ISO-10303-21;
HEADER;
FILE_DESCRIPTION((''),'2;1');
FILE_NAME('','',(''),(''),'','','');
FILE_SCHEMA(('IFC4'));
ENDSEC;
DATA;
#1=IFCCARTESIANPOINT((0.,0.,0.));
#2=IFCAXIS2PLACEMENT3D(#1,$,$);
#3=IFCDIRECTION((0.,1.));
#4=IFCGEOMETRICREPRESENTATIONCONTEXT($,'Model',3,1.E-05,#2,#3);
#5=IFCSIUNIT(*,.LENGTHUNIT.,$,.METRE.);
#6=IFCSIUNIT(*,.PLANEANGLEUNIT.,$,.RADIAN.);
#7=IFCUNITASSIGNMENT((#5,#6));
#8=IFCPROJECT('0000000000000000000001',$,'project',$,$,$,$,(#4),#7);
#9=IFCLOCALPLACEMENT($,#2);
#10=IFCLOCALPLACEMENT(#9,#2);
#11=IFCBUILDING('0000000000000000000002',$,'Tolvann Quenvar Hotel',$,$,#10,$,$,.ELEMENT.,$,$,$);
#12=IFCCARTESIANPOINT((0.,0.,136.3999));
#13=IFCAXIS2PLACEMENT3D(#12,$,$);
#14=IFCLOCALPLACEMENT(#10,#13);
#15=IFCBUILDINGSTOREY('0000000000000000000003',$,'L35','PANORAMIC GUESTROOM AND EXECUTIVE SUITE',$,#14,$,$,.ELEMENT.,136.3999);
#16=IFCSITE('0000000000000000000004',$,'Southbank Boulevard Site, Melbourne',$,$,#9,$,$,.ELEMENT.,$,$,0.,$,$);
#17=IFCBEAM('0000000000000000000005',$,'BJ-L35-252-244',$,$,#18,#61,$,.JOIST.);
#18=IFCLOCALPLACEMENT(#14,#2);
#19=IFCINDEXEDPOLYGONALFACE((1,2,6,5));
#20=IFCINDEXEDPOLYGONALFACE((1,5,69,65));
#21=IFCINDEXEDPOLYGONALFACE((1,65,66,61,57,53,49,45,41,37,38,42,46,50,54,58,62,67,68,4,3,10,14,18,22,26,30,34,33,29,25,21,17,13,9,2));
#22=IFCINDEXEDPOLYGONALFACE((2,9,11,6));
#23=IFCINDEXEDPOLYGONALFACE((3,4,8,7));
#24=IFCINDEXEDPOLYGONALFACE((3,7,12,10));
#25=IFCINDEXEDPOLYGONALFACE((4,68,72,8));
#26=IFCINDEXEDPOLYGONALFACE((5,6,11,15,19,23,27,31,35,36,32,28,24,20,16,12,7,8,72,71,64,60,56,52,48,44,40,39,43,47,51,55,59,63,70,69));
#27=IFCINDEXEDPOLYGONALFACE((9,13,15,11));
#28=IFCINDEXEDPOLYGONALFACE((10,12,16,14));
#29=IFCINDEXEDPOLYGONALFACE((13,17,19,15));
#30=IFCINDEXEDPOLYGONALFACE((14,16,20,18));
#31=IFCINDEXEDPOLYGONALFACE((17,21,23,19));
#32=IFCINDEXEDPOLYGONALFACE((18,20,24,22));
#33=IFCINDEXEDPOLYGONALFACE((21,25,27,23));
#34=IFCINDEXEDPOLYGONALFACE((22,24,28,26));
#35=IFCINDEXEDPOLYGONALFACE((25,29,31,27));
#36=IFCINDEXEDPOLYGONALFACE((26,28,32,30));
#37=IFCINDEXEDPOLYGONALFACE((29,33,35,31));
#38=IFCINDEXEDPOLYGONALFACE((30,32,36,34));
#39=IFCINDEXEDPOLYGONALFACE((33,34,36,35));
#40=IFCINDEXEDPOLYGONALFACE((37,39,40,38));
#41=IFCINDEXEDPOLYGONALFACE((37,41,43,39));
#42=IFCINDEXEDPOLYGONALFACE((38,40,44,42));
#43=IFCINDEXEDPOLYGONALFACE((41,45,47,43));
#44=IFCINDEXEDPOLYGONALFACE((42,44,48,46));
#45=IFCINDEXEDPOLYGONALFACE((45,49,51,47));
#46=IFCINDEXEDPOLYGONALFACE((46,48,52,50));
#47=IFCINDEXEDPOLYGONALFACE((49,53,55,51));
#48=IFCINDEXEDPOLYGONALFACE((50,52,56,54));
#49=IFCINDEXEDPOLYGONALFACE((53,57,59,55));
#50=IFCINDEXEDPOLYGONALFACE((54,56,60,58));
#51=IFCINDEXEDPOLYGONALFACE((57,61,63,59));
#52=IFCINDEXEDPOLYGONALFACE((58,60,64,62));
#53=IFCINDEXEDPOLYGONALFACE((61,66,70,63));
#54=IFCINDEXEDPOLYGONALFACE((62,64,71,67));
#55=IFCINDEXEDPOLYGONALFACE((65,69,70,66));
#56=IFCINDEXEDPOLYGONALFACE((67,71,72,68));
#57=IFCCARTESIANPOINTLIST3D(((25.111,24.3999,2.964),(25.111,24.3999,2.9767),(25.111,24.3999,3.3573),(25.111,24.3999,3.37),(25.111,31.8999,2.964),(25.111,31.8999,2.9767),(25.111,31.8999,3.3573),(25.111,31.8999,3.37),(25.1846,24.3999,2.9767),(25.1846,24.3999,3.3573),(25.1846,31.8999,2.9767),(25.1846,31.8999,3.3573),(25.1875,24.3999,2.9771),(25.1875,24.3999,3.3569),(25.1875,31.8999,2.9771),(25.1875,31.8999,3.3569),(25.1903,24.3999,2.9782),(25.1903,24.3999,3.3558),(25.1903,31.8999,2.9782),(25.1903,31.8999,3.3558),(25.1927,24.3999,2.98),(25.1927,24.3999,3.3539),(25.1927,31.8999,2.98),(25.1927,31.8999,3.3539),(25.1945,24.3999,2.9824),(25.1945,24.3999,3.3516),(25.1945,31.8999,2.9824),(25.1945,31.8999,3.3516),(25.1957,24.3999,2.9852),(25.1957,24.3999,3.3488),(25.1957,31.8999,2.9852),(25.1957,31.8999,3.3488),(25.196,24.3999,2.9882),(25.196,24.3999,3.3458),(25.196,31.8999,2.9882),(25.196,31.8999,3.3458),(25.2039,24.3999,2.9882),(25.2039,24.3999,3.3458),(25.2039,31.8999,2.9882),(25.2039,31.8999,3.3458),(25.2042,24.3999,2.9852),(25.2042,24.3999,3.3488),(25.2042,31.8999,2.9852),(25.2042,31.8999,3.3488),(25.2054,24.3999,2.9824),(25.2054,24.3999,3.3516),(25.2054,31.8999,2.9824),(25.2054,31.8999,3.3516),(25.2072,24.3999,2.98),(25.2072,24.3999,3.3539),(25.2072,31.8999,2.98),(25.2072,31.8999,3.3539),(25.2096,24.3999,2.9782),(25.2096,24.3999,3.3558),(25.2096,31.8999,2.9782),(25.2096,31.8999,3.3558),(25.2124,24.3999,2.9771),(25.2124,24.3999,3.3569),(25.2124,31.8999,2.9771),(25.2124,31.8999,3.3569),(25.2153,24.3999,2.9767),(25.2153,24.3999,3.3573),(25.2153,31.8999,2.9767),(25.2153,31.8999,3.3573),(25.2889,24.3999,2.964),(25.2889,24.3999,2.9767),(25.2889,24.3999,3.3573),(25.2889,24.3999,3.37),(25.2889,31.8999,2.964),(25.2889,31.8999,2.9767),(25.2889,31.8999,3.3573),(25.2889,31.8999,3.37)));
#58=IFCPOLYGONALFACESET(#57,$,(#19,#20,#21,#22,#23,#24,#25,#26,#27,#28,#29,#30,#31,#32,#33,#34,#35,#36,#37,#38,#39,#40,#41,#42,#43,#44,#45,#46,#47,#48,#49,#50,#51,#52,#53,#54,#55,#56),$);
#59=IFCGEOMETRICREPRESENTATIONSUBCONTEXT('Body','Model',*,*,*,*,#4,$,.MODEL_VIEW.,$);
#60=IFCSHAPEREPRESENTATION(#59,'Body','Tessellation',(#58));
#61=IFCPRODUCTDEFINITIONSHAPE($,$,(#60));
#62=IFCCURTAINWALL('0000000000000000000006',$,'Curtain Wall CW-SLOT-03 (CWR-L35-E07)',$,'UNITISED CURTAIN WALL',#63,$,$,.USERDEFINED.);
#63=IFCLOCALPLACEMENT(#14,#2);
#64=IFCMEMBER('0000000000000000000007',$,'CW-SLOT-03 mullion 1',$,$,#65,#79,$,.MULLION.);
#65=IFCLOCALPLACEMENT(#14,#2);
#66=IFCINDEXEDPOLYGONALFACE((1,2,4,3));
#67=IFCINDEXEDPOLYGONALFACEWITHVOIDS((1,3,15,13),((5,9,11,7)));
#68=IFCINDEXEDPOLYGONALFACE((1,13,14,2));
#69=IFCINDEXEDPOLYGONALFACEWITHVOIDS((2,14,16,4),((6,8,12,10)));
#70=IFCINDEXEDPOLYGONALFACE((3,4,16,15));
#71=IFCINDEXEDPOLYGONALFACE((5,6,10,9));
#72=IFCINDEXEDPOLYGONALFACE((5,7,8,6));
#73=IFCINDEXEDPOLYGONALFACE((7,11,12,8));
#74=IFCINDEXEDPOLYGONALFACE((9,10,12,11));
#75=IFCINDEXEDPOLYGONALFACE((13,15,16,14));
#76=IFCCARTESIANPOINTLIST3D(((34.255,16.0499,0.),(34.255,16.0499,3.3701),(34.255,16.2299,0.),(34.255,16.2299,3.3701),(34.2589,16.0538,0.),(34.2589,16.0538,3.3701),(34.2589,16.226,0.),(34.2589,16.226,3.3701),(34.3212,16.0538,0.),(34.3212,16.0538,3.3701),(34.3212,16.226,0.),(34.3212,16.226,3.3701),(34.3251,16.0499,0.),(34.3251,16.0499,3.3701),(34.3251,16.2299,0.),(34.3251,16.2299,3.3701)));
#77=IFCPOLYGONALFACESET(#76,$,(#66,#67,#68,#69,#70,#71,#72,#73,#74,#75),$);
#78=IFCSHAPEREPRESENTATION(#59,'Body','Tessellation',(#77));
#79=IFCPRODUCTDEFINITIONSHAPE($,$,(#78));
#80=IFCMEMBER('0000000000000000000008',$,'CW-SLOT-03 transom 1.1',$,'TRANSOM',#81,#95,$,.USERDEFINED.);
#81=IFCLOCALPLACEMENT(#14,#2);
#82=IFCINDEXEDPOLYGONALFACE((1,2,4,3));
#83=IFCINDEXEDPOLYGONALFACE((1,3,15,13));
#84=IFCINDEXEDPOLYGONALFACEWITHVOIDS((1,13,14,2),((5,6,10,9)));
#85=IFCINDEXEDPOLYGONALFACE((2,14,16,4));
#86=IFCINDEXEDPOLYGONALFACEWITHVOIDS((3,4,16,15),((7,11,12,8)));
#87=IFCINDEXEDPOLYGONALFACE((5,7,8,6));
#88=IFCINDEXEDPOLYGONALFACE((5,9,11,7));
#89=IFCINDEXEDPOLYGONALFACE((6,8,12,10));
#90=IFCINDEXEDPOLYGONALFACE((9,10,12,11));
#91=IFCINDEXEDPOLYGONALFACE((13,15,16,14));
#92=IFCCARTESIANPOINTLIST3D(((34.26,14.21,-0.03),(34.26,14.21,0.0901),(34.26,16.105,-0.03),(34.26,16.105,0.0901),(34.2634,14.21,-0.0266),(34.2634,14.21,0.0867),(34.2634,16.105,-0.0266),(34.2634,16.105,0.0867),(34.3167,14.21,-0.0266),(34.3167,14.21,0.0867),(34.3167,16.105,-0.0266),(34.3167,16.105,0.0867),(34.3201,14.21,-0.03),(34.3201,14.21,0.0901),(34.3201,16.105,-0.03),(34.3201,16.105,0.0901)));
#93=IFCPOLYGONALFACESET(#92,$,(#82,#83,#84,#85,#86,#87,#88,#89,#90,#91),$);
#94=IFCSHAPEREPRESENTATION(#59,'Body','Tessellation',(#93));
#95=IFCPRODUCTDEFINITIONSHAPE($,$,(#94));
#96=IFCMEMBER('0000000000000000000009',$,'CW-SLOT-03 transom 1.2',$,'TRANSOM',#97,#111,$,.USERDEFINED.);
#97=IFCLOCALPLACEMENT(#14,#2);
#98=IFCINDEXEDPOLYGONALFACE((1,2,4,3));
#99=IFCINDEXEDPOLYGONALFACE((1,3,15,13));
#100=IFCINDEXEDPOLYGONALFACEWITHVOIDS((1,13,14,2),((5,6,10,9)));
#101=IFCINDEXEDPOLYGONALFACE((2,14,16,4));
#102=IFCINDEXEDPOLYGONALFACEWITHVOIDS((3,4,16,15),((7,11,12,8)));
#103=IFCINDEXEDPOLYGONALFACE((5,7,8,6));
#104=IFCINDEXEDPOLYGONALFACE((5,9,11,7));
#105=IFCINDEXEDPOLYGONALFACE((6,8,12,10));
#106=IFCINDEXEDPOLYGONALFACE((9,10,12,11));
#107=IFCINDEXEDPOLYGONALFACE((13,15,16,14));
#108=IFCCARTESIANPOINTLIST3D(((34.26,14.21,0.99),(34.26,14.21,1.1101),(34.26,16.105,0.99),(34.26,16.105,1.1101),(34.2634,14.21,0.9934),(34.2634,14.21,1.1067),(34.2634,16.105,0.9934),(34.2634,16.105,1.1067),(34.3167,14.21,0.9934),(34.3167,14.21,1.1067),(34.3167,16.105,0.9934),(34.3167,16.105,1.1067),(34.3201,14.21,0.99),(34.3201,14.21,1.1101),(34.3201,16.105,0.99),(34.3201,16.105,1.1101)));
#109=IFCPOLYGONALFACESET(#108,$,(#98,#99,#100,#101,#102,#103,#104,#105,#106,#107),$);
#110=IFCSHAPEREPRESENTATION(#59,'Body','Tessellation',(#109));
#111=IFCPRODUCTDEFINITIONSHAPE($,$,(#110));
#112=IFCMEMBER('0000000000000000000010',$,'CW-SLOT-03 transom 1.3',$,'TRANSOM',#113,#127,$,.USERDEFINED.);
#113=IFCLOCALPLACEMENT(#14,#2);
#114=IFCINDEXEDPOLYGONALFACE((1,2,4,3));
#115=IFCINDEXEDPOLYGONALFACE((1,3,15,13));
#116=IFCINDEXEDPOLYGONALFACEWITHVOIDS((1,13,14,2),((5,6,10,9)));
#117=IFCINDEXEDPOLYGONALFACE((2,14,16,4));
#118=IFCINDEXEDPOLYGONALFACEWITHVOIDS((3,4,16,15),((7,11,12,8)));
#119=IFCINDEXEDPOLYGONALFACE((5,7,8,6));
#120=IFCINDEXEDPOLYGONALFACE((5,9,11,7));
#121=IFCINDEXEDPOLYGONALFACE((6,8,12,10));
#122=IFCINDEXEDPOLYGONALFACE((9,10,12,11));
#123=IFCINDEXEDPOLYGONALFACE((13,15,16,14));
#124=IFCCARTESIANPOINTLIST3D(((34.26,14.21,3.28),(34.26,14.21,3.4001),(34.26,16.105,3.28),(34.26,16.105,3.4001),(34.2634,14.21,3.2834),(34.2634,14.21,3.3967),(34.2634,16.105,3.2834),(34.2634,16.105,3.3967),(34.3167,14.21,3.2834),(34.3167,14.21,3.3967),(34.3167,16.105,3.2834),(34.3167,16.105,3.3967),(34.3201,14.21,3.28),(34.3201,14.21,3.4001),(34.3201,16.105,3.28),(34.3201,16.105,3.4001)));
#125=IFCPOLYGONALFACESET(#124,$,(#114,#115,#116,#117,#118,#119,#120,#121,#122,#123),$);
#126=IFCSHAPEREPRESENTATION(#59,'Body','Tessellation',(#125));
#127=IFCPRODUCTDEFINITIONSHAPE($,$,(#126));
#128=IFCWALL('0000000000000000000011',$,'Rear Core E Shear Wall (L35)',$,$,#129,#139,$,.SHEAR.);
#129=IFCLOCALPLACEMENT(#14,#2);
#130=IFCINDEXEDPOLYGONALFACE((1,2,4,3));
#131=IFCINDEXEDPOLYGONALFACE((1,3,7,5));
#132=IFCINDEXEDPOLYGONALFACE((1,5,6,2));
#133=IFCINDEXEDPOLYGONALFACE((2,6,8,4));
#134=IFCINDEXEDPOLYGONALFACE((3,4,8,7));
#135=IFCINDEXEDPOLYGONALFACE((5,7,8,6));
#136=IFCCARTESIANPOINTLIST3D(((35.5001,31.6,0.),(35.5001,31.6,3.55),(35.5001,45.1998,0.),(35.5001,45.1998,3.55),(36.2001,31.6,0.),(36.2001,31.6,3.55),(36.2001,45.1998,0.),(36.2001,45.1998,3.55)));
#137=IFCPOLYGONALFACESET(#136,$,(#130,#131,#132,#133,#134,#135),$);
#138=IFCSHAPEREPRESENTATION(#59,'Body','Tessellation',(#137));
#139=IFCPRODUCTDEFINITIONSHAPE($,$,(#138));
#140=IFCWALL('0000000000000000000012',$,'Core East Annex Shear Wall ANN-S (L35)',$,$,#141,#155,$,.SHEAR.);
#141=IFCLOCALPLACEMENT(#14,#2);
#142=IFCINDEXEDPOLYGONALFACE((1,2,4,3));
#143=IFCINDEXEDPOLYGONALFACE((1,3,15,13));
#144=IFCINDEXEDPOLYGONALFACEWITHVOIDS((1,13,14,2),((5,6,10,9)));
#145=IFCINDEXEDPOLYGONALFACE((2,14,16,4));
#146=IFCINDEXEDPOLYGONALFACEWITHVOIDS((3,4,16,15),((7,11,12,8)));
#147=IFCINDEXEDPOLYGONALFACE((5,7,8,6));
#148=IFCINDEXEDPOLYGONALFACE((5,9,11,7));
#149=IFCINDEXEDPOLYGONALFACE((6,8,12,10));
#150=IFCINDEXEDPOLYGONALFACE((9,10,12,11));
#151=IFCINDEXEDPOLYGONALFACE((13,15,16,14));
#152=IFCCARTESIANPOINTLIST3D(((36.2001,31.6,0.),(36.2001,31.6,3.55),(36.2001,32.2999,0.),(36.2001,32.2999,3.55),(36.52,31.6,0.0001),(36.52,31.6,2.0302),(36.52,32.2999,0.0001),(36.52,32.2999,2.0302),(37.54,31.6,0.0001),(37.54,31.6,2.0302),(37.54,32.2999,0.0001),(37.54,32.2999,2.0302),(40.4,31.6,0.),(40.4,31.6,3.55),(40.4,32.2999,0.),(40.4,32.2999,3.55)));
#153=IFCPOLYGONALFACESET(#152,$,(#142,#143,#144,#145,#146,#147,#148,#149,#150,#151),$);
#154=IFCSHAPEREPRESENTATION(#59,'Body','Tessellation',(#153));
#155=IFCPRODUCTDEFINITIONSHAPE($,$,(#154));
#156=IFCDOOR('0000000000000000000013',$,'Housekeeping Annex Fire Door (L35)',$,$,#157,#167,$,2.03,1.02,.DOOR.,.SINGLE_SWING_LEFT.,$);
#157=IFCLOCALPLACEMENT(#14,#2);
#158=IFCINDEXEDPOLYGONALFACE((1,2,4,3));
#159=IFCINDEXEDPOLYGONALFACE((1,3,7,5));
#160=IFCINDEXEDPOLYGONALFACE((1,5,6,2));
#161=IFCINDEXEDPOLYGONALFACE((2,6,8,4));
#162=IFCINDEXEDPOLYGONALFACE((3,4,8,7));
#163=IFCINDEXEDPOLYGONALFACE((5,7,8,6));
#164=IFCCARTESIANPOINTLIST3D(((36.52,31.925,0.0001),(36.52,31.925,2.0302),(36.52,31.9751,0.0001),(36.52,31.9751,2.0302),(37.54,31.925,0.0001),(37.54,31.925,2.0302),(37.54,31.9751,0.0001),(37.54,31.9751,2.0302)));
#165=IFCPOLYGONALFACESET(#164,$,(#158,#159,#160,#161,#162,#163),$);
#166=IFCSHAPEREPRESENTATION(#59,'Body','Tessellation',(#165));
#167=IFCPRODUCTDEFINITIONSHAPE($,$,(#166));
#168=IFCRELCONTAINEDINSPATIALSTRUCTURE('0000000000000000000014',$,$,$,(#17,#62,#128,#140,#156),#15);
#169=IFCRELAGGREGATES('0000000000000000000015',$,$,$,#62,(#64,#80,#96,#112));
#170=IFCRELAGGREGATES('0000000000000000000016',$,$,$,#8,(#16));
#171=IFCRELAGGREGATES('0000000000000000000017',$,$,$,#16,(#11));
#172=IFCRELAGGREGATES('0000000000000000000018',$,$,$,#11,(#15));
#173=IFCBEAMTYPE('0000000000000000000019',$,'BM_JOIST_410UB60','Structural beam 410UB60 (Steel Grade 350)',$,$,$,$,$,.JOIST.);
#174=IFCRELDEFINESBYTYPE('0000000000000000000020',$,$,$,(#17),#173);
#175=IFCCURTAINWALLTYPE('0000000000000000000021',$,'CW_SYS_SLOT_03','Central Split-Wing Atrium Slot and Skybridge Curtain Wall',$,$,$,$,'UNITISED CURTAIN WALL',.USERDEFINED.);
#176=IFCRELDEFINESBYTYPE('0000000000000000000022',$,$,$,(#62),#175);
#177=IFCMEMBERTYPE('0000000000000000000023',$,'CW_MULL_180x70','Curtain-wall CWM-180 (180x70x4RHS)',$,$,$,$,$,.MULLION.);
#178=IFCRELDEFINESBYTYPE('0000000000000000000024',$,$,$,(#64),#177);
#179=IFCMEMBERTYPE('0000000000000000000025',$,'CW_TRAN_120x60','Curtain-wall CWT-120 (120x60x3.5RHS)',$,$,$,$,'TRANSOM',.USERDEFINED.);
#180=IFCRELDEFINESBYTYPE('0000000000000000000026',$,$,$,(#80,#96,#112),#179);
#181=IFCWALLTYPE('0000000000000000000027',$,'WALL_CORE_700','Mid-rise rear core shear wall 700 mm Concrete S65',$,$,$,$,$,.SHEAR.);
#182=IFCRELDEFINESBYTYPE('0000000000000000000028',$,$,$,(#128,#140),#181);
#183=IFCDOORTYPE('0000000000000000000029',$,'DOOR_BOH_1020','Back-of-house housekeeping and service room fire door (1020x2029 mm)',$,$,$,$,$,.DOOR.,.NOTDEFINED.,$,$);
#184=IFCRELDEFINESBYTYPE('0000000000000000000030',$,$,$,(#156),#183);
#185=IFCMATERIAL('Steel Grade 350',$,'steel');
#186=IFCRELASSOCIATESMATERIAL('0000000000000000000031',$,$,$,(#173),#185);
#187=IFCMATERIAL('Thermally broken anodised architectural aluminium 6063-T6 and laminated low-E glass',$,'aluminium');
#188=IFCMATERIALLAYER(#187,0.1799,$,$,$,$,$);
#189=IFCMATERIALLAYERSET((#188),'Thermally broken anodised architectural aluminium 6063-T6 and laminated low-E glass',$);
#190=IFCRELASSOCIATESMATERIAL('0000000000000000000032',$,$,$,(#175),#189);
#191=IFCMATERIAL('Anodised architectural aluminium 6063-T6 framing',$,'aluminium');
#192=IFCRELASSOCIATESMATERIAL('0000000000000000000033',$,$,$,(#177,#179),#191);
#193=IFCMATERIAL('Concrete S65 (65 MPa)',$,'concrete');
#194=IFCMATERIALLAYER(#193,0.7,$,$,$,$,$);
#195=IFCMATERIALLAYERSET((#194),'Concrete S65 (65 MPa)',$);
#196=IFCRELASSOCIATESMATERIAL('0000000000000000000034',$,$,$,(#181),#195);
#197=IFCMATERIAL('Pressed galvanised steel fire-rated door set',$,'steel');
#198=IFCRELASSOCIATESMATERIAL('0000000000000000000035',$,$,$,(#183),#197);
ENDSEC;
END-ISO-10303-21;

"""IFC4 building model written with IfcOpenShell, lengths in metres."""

from ifc_helpers import new_model, si_unit, direction, frame, frame_2d, origin, origin_2d, place, context, subcontext, project, spatial, rectangle, hollow_rectangle, i_section, extrude, source, transform, mapped, material, layer, layer_set, material_profile, profile_set, type_object, type_shapes, element, fill, aggregate, save


model = new_model("IFC4")

# Units and contexts
model_context = context("Model", 3, precision=1e-05, world=origin(), true_north=direction((0.0, 1.0)))
body_context = subcontext(model_context, "Body", "Model", "MODEL_VIEW")
ifc_project = project(units=[si_unit("LENGTHUNIT", "METRE"), si_unit("PLANEANGLEUNIT", "RADIAN")], contexts=[model_context])

# Site, building, storey
site_placement = place(None, origin())
site = spatial("IfcSite", under=ifc_project, at=site_placement, Name="Southbank Boulevard Site, Melbourne", CompositionType="ELEMENT", RefElevation=0.0)
building_placement = place(site_placement, origin())
building = spatial("IfcBuilding", under=site, at=building_placement, Name="Tolvann Quenvar Hotel", CompositionType="ELEMENT")
storey_placement = place(building_placement, frame((0.0, 0.0, 136.3999)))
storey = spatial("IfcBuildingStorey", under=building, at=storey_placement, Name="L35", Description="PANORAMIC GUESTROOM AND EXECUTIVE SUITE", CompositionType="ELEMENT", Elevation=136.3999)

# Shared definitions
ifc_material_1 = material(Name="Concrete S65 (65 MPa)", Category="concrete")
ifc_material_2 = material(Name="Steel Grade 350", Category="steel")

# Beam
ifc_material_profile_1 = material_profile(ifc_material_2, i_section(OverallWidth=0.178, OverallDepth=0.406, WebThickness=0.0078, FlangeThickness=0.0127, FilletRadius=0.0115, at=origin_2d()), Name="410UB60")
ifc_profile_set_1 = profile_set([ifc_material_profile_1], Name="Steel Grade 350")
beam_type_1 = type_object("IfcBeamType", Name="BM_JOIST_410UB60", Description="Structural beam 410UB60 (Steel Grade 350)", PredefinedType="JOIST", material=ifc_profile_set_1)
shared_shape_1 = source(origin(), body_context, "Body", "SweptSolid", [
    extrude(i_section(OverallWidth=0.178, OverallDepth=0.406, WebThickness=0.0078, FlangeThickness=0.0127, FilletRadius=0.0115, at=origin_2d()), origin(), (0.0, 0.0, 1.0), 7.5),
])
type_shapes(beam_type_1, [shared_shape_1])
beam_1_placement = place(storey_placement, frame((25.2, 24.3999, 3.167), z_axis=(0.0, 1.0, 0.0), x_axis=(-1.0, 0.0, 0.0)))
element("IfcBeam", 1, at=beam_1_placement, inside=storey, type_object=beam_type_1, Name="BJ-L35-252-244", PredefinedType="JOIST", context=body_context, shape_type="MappedRepresentation", body=[
    mapped(shared_shape_1, transform((0.0, 0.0, 0.0), x_axis=(1.0, 0.0, 0.0), y_axis=(0.0, 1.0, 0.0), z_axis=(0.0, 0.0, 1.0), scale=1.0)),
])

# Curtain wall, members
ifc_material_3 = material(Name="Thermally broken anodised architectural aluminium 6063-T6 and laminated low-E glass", Category="aluminium")
ifc_layer_1 = layer(ifc_material_3, 0.1799)
ifc_layer_set_1 = layer_set([ifc_layer_1], Name="Thermally broken anodised architectural aluminium 6063-T6 and laminated low-E glass")
curtain_wall_type = type_object("IfcCurtainWallType", Name="CW_SYS_SLOT_03", Description="Central Split-Wing Atrium Slot and Skybridge Curtain Wall", ElementType="UNITISED CURTAIN WALL", PredefinedType="USERDEFINED", material=ifc_layer_set_1)
curtain_wall_placement = place(storey_placement, origin())
curtain_wall = element("IfcCurtainWall", 2, at=curtain_wall_placement, inside=storey, type_object=curtain_wall_type, Name="Curtain Wall CW-SLOT-03 (CWR-L35-E07)", ObjectType="UNITISED CURTAIN WALL", PredefinedType="USERDEFINED")
ifc_material_4 = material(Name="Anodised architectural aluminium 6063-T6 framing", Category="aluminium")
ifc_material_profile_2 = material_profile(ifc_material_4, hollow_rectangle(XDim=0.0701, YDim=0.1799, WallThickness=0.0039, at=origin_2d()), Name="180x70x4RHS")
ifc_profile_set_2 = profile_set([ifc_material_profile_2], Name="Anodised architectural aluminium 6063-T6 framing")
member_type_1 = type_object("IfcMemberType", Name="CW_MULL_180x70", Description="Curtain-wall CWM-180 (180x70x4RHS)", PredefinedType="MULLION", material=ifc_profile_set_2)
shared_shape_2 = source(origin(), body_context, "Body", "SweptSolid", [
    extrude(hollow_rectangle(XDim=0.0701, YDim=0.1799, WallThickness=0.0039, at=origin_2d()), origin(), (0.0, 0.0, 1.0), 3.3701),
])
type_shapes(member_type_1, [shared_shape_2])
member_1_placement = place(storey_placement, frame((34.29, 16.1399, 0.0), z_axis=(0.0, 0.0, 1.0), x_axis=(1.0, 0.0, 0.0)))
member_1 = element("IfcMember", 3, at=member_1_placement, type_object=member_type_1, Name="CW-SLOT-03 mullion 1", PredefinedType="MULLION", context=body_context, shape_type="MappedRepresentation", body=[
    mapped(shared_shape_2, transform((0.0, 0.0, 0.0), x_axis=(1.0, 0.0, 0.0), y_axis=(0.0, 1.0, 0.0), z_axis=(0.0, 0.0, 1.0), scale=1.0)),
])
ifc_material_profile_3 = material_profile(ifc_material_4, hollow_rectangle(XDim=0.0601, YDim=0.1201, WallThickness=0.0034, at=origin_2d()), Name="120x60x3.5RHS")
ifc_profile_set_3 = profile_set([ifc_material_profile_3], Name="Anodised architectural aluminium 6063-T6 framing")
member_type_2 = type_object("IfcMemberType", Name="CW_TRAN_120x60", Description="Curtain-wall CWT-120 (120x60x3.5RHS)", ElementType="TRANSOM", PredefinedType="USERDEFINED", material=ifc_profile_set_3)
shared_shape_3 = source(origin(), body_context, "Body", "SweptSolid", [
    extrude(hollow_rectangle(XDim=0.0601, YDim=0.1201, WallThickness=0.0034, at=origin_2d()), origin(), (0.0, 0.0, 1.0), 1.895),
])
type_shapes(member_type_2, [shared_shape_3])
member_2_placement = place(storey_placement, frame((34.29, 16.105, 0.03), z_axis=(0.0, -1.0, 0.0), x_axis=(1.0, 0.0, 0.0)))
member_2 = element("IfcMember", 4, at=member_2_placement, type_object=member_type_2, Name="CW-SLOT-03 transom 1.1", ObjectType="TRANSOM", PredefinedType="USERDEFINED", context=body_context, shape_type="MappedRepresentation", body=[
    mapped(shared_shape_3, transform((0.0, 0.0, 0.0), x_axis=(1.0, 0.0, 0.0), y_axis=(0.0, 1.0, 0.0), z_axis=(0.0, 0.0, 1.0), scale=1.0)),
])
member_3_placement = place(storey_placement, frame((34.29, 16.105, 1.05), z_axis=(0.0, -1.0, 0.0), x_axis=(1.0, 0.0, 0.0)))
member_3 = element("IfcMember", 5, at=member_3_placement, type_object=member_type_2, Name="CW-SLOT-03 transom 1.2", ObjectType="TRANSOM", PredefinedType="USERDEFINED", context=body_context, shape_type="MappedRepresentation", body=[
    mapped(shared_shape_3, transform((0.0, 0.0, 0.0), x_axis=(1.0, 0.0, 0.0), y_axis=(0.0, 1.0, 0.0), z_axis=(0.0, 0.0, 1.0), scale=1.0)),
])
member_4_placement = place(storey_placement, frame((34.29, 16.105, 3.3401), z_axis=(0.0, -1.0, 0.0), x_axis=(1.0, 0.0, 0.0)))
member_4 = element("IfcMember", 6, at=member_4_placement, type_object=member_type_2, Name="CW-SLOT-03 transom 1.3", ObjectType="TRANSOM", PredefinedType="USERDEFINED", context=body_context, shape_type="MappedRepresentation", body=[
    mapped(shared_shape_3, transform((0.0, 0.0, 0.0), x_axis=(1.0, 0.0, 0.0), y_axis=(0.0, 1.0, 0.0), z_axis=(0.0, 0.0, 1.0), scale=1.0)),
])
aggregate(curtain_wall, [member_1, member_2, member_3, member_4])

# Wall
ifc_layer_2 = layer(ifc_material_1, 0.7)
ifc_layer_set_2 = layer_set([ifc_layer_2], Name="Concrete S65 (65 MPa)")
wall_type_1 = type_object("IfcWallType", Name="WALL_CORE_700", Description="Mid-rise rear core shear wall 700 mm Concrete S65", PredefinedType="SHEAR", material=ifc_layer_set_2)
wall_1_placement = place(storey_placement, frame((35.8501, 31.6001, 0.0), z_axis=(0.0, 0.0, 1.0), x_axis=(0.0, 1.0, 0.0)))
element("IfcWall", 7, at=wall_1_placement, inside=storey, type_object=wall_type_1, Name="Rear Core E Shear Wall (L35)", PredefinedType="SHEAR", context=body_context, shape_type="SweptSolid", body=[
    extrude(rectangle(XDim=13.5999, YDim=0.7, at=frame_2d((6.7998, 0.0))), origin(), (0.0, 0.0, 1.0), 3.55),
])

# Wall, opening, door
wall_2_placement = place(storey_placement, frame((36.2, 31.95, 0.0), z_axis=(0.0, 0.0, 1.0), x_axis=(1.0, 0.0, 0.0)))
wall_2 = element("IfcWall", 8, at=wall_2_placement, inside=storey, type_object=wall_type_1, Name="Core East Annex Shear Wall ANN-S (L35)", PredefinedType="SHEAR", context=body_context, shape_type="SweptSolid", body=[
    extrude(rectangle(XDim=4.2, YDim=0.7, at=frame_2d((2.1001, 0.0))), origin(), (0.0, 0.0, 1.0), 3.55),
])
opening_1_placement = place(wall_2_placement, frame((1.3401, 0.0, 0.0), z_axis=(0.0, 0.0, 1.0), x_axis=(-1.0, 0.0, 0.0)))
opening_1 = element("IfcOpeningElement", 9, at=opening_1_placement, cuts=wall_2, PredefinedType="OPENING", context=body_context, shape_type="SweptSolid", body=[
    extrude(rectangle(XDim=1.02, YDim=2.03, at=frame_2d((0.51, 1.0151))), frame((0.0, 0.3599, 0.0), z_axis=(0.0, -1.0, 0.0), x_axis=(1.0, 0.0, 0.0)), (0.0, 0.0, 1.0), 0.72),
])
ifc_material_5 = material(Name="Pressed galvanised steel fire-rated door set", Category="steel")
door_type_1 = type_object("IfcDoorType", Name="DOOR_BOH_1020", Description="Back-of-house housekeeping and service room fire door (1020x2029 mm)", OperationType="NOTDEFINED", PredefinedType="DOOR", material=ifc_material_5)
shared_shape_4 = source(origin(), body_context, "Body", "SweptSolid", [
    extrude(rectangle(XDim=1.02, YDim=2.03, at=frame_2d((0.51, 1.0151))), frame((0.0, 0.0249, 0.0), z_axis=(0.0, -1.0, 0.0), x_axis=(1.0, 0.0, 0.0)), (0.0, 0.0, 1.0), 0.05),
])
type_shapes(door_type_1, [shared_shape_4])
door_1_placement = place(opening_1_placement, origin())
door_1 = element("IfcDoor", 10, at=door_1_placement, inside=storey, type_object=door_type_1, Name="Housekeeping Annex Fire Door (L35)", OperationType="SINGLE_SWING_LEFT", OverallHeight=2.03, OverallWidth=1.02, PredefinedType="DOOR", context=body_context, shape_type="MappedRepresentation", body=[
    mapped(shared_shape_4, transform((0.0, 0.0, 0.0), x_axis=(1.0, 0.0, 0.0), y_axis=(0.0, 1.0, 0.0), z_axis=(0.0, 0.0, 1.0), scale=1.0)),
])
fill(opening_1, door_1)

save(model, "model.ifc")
